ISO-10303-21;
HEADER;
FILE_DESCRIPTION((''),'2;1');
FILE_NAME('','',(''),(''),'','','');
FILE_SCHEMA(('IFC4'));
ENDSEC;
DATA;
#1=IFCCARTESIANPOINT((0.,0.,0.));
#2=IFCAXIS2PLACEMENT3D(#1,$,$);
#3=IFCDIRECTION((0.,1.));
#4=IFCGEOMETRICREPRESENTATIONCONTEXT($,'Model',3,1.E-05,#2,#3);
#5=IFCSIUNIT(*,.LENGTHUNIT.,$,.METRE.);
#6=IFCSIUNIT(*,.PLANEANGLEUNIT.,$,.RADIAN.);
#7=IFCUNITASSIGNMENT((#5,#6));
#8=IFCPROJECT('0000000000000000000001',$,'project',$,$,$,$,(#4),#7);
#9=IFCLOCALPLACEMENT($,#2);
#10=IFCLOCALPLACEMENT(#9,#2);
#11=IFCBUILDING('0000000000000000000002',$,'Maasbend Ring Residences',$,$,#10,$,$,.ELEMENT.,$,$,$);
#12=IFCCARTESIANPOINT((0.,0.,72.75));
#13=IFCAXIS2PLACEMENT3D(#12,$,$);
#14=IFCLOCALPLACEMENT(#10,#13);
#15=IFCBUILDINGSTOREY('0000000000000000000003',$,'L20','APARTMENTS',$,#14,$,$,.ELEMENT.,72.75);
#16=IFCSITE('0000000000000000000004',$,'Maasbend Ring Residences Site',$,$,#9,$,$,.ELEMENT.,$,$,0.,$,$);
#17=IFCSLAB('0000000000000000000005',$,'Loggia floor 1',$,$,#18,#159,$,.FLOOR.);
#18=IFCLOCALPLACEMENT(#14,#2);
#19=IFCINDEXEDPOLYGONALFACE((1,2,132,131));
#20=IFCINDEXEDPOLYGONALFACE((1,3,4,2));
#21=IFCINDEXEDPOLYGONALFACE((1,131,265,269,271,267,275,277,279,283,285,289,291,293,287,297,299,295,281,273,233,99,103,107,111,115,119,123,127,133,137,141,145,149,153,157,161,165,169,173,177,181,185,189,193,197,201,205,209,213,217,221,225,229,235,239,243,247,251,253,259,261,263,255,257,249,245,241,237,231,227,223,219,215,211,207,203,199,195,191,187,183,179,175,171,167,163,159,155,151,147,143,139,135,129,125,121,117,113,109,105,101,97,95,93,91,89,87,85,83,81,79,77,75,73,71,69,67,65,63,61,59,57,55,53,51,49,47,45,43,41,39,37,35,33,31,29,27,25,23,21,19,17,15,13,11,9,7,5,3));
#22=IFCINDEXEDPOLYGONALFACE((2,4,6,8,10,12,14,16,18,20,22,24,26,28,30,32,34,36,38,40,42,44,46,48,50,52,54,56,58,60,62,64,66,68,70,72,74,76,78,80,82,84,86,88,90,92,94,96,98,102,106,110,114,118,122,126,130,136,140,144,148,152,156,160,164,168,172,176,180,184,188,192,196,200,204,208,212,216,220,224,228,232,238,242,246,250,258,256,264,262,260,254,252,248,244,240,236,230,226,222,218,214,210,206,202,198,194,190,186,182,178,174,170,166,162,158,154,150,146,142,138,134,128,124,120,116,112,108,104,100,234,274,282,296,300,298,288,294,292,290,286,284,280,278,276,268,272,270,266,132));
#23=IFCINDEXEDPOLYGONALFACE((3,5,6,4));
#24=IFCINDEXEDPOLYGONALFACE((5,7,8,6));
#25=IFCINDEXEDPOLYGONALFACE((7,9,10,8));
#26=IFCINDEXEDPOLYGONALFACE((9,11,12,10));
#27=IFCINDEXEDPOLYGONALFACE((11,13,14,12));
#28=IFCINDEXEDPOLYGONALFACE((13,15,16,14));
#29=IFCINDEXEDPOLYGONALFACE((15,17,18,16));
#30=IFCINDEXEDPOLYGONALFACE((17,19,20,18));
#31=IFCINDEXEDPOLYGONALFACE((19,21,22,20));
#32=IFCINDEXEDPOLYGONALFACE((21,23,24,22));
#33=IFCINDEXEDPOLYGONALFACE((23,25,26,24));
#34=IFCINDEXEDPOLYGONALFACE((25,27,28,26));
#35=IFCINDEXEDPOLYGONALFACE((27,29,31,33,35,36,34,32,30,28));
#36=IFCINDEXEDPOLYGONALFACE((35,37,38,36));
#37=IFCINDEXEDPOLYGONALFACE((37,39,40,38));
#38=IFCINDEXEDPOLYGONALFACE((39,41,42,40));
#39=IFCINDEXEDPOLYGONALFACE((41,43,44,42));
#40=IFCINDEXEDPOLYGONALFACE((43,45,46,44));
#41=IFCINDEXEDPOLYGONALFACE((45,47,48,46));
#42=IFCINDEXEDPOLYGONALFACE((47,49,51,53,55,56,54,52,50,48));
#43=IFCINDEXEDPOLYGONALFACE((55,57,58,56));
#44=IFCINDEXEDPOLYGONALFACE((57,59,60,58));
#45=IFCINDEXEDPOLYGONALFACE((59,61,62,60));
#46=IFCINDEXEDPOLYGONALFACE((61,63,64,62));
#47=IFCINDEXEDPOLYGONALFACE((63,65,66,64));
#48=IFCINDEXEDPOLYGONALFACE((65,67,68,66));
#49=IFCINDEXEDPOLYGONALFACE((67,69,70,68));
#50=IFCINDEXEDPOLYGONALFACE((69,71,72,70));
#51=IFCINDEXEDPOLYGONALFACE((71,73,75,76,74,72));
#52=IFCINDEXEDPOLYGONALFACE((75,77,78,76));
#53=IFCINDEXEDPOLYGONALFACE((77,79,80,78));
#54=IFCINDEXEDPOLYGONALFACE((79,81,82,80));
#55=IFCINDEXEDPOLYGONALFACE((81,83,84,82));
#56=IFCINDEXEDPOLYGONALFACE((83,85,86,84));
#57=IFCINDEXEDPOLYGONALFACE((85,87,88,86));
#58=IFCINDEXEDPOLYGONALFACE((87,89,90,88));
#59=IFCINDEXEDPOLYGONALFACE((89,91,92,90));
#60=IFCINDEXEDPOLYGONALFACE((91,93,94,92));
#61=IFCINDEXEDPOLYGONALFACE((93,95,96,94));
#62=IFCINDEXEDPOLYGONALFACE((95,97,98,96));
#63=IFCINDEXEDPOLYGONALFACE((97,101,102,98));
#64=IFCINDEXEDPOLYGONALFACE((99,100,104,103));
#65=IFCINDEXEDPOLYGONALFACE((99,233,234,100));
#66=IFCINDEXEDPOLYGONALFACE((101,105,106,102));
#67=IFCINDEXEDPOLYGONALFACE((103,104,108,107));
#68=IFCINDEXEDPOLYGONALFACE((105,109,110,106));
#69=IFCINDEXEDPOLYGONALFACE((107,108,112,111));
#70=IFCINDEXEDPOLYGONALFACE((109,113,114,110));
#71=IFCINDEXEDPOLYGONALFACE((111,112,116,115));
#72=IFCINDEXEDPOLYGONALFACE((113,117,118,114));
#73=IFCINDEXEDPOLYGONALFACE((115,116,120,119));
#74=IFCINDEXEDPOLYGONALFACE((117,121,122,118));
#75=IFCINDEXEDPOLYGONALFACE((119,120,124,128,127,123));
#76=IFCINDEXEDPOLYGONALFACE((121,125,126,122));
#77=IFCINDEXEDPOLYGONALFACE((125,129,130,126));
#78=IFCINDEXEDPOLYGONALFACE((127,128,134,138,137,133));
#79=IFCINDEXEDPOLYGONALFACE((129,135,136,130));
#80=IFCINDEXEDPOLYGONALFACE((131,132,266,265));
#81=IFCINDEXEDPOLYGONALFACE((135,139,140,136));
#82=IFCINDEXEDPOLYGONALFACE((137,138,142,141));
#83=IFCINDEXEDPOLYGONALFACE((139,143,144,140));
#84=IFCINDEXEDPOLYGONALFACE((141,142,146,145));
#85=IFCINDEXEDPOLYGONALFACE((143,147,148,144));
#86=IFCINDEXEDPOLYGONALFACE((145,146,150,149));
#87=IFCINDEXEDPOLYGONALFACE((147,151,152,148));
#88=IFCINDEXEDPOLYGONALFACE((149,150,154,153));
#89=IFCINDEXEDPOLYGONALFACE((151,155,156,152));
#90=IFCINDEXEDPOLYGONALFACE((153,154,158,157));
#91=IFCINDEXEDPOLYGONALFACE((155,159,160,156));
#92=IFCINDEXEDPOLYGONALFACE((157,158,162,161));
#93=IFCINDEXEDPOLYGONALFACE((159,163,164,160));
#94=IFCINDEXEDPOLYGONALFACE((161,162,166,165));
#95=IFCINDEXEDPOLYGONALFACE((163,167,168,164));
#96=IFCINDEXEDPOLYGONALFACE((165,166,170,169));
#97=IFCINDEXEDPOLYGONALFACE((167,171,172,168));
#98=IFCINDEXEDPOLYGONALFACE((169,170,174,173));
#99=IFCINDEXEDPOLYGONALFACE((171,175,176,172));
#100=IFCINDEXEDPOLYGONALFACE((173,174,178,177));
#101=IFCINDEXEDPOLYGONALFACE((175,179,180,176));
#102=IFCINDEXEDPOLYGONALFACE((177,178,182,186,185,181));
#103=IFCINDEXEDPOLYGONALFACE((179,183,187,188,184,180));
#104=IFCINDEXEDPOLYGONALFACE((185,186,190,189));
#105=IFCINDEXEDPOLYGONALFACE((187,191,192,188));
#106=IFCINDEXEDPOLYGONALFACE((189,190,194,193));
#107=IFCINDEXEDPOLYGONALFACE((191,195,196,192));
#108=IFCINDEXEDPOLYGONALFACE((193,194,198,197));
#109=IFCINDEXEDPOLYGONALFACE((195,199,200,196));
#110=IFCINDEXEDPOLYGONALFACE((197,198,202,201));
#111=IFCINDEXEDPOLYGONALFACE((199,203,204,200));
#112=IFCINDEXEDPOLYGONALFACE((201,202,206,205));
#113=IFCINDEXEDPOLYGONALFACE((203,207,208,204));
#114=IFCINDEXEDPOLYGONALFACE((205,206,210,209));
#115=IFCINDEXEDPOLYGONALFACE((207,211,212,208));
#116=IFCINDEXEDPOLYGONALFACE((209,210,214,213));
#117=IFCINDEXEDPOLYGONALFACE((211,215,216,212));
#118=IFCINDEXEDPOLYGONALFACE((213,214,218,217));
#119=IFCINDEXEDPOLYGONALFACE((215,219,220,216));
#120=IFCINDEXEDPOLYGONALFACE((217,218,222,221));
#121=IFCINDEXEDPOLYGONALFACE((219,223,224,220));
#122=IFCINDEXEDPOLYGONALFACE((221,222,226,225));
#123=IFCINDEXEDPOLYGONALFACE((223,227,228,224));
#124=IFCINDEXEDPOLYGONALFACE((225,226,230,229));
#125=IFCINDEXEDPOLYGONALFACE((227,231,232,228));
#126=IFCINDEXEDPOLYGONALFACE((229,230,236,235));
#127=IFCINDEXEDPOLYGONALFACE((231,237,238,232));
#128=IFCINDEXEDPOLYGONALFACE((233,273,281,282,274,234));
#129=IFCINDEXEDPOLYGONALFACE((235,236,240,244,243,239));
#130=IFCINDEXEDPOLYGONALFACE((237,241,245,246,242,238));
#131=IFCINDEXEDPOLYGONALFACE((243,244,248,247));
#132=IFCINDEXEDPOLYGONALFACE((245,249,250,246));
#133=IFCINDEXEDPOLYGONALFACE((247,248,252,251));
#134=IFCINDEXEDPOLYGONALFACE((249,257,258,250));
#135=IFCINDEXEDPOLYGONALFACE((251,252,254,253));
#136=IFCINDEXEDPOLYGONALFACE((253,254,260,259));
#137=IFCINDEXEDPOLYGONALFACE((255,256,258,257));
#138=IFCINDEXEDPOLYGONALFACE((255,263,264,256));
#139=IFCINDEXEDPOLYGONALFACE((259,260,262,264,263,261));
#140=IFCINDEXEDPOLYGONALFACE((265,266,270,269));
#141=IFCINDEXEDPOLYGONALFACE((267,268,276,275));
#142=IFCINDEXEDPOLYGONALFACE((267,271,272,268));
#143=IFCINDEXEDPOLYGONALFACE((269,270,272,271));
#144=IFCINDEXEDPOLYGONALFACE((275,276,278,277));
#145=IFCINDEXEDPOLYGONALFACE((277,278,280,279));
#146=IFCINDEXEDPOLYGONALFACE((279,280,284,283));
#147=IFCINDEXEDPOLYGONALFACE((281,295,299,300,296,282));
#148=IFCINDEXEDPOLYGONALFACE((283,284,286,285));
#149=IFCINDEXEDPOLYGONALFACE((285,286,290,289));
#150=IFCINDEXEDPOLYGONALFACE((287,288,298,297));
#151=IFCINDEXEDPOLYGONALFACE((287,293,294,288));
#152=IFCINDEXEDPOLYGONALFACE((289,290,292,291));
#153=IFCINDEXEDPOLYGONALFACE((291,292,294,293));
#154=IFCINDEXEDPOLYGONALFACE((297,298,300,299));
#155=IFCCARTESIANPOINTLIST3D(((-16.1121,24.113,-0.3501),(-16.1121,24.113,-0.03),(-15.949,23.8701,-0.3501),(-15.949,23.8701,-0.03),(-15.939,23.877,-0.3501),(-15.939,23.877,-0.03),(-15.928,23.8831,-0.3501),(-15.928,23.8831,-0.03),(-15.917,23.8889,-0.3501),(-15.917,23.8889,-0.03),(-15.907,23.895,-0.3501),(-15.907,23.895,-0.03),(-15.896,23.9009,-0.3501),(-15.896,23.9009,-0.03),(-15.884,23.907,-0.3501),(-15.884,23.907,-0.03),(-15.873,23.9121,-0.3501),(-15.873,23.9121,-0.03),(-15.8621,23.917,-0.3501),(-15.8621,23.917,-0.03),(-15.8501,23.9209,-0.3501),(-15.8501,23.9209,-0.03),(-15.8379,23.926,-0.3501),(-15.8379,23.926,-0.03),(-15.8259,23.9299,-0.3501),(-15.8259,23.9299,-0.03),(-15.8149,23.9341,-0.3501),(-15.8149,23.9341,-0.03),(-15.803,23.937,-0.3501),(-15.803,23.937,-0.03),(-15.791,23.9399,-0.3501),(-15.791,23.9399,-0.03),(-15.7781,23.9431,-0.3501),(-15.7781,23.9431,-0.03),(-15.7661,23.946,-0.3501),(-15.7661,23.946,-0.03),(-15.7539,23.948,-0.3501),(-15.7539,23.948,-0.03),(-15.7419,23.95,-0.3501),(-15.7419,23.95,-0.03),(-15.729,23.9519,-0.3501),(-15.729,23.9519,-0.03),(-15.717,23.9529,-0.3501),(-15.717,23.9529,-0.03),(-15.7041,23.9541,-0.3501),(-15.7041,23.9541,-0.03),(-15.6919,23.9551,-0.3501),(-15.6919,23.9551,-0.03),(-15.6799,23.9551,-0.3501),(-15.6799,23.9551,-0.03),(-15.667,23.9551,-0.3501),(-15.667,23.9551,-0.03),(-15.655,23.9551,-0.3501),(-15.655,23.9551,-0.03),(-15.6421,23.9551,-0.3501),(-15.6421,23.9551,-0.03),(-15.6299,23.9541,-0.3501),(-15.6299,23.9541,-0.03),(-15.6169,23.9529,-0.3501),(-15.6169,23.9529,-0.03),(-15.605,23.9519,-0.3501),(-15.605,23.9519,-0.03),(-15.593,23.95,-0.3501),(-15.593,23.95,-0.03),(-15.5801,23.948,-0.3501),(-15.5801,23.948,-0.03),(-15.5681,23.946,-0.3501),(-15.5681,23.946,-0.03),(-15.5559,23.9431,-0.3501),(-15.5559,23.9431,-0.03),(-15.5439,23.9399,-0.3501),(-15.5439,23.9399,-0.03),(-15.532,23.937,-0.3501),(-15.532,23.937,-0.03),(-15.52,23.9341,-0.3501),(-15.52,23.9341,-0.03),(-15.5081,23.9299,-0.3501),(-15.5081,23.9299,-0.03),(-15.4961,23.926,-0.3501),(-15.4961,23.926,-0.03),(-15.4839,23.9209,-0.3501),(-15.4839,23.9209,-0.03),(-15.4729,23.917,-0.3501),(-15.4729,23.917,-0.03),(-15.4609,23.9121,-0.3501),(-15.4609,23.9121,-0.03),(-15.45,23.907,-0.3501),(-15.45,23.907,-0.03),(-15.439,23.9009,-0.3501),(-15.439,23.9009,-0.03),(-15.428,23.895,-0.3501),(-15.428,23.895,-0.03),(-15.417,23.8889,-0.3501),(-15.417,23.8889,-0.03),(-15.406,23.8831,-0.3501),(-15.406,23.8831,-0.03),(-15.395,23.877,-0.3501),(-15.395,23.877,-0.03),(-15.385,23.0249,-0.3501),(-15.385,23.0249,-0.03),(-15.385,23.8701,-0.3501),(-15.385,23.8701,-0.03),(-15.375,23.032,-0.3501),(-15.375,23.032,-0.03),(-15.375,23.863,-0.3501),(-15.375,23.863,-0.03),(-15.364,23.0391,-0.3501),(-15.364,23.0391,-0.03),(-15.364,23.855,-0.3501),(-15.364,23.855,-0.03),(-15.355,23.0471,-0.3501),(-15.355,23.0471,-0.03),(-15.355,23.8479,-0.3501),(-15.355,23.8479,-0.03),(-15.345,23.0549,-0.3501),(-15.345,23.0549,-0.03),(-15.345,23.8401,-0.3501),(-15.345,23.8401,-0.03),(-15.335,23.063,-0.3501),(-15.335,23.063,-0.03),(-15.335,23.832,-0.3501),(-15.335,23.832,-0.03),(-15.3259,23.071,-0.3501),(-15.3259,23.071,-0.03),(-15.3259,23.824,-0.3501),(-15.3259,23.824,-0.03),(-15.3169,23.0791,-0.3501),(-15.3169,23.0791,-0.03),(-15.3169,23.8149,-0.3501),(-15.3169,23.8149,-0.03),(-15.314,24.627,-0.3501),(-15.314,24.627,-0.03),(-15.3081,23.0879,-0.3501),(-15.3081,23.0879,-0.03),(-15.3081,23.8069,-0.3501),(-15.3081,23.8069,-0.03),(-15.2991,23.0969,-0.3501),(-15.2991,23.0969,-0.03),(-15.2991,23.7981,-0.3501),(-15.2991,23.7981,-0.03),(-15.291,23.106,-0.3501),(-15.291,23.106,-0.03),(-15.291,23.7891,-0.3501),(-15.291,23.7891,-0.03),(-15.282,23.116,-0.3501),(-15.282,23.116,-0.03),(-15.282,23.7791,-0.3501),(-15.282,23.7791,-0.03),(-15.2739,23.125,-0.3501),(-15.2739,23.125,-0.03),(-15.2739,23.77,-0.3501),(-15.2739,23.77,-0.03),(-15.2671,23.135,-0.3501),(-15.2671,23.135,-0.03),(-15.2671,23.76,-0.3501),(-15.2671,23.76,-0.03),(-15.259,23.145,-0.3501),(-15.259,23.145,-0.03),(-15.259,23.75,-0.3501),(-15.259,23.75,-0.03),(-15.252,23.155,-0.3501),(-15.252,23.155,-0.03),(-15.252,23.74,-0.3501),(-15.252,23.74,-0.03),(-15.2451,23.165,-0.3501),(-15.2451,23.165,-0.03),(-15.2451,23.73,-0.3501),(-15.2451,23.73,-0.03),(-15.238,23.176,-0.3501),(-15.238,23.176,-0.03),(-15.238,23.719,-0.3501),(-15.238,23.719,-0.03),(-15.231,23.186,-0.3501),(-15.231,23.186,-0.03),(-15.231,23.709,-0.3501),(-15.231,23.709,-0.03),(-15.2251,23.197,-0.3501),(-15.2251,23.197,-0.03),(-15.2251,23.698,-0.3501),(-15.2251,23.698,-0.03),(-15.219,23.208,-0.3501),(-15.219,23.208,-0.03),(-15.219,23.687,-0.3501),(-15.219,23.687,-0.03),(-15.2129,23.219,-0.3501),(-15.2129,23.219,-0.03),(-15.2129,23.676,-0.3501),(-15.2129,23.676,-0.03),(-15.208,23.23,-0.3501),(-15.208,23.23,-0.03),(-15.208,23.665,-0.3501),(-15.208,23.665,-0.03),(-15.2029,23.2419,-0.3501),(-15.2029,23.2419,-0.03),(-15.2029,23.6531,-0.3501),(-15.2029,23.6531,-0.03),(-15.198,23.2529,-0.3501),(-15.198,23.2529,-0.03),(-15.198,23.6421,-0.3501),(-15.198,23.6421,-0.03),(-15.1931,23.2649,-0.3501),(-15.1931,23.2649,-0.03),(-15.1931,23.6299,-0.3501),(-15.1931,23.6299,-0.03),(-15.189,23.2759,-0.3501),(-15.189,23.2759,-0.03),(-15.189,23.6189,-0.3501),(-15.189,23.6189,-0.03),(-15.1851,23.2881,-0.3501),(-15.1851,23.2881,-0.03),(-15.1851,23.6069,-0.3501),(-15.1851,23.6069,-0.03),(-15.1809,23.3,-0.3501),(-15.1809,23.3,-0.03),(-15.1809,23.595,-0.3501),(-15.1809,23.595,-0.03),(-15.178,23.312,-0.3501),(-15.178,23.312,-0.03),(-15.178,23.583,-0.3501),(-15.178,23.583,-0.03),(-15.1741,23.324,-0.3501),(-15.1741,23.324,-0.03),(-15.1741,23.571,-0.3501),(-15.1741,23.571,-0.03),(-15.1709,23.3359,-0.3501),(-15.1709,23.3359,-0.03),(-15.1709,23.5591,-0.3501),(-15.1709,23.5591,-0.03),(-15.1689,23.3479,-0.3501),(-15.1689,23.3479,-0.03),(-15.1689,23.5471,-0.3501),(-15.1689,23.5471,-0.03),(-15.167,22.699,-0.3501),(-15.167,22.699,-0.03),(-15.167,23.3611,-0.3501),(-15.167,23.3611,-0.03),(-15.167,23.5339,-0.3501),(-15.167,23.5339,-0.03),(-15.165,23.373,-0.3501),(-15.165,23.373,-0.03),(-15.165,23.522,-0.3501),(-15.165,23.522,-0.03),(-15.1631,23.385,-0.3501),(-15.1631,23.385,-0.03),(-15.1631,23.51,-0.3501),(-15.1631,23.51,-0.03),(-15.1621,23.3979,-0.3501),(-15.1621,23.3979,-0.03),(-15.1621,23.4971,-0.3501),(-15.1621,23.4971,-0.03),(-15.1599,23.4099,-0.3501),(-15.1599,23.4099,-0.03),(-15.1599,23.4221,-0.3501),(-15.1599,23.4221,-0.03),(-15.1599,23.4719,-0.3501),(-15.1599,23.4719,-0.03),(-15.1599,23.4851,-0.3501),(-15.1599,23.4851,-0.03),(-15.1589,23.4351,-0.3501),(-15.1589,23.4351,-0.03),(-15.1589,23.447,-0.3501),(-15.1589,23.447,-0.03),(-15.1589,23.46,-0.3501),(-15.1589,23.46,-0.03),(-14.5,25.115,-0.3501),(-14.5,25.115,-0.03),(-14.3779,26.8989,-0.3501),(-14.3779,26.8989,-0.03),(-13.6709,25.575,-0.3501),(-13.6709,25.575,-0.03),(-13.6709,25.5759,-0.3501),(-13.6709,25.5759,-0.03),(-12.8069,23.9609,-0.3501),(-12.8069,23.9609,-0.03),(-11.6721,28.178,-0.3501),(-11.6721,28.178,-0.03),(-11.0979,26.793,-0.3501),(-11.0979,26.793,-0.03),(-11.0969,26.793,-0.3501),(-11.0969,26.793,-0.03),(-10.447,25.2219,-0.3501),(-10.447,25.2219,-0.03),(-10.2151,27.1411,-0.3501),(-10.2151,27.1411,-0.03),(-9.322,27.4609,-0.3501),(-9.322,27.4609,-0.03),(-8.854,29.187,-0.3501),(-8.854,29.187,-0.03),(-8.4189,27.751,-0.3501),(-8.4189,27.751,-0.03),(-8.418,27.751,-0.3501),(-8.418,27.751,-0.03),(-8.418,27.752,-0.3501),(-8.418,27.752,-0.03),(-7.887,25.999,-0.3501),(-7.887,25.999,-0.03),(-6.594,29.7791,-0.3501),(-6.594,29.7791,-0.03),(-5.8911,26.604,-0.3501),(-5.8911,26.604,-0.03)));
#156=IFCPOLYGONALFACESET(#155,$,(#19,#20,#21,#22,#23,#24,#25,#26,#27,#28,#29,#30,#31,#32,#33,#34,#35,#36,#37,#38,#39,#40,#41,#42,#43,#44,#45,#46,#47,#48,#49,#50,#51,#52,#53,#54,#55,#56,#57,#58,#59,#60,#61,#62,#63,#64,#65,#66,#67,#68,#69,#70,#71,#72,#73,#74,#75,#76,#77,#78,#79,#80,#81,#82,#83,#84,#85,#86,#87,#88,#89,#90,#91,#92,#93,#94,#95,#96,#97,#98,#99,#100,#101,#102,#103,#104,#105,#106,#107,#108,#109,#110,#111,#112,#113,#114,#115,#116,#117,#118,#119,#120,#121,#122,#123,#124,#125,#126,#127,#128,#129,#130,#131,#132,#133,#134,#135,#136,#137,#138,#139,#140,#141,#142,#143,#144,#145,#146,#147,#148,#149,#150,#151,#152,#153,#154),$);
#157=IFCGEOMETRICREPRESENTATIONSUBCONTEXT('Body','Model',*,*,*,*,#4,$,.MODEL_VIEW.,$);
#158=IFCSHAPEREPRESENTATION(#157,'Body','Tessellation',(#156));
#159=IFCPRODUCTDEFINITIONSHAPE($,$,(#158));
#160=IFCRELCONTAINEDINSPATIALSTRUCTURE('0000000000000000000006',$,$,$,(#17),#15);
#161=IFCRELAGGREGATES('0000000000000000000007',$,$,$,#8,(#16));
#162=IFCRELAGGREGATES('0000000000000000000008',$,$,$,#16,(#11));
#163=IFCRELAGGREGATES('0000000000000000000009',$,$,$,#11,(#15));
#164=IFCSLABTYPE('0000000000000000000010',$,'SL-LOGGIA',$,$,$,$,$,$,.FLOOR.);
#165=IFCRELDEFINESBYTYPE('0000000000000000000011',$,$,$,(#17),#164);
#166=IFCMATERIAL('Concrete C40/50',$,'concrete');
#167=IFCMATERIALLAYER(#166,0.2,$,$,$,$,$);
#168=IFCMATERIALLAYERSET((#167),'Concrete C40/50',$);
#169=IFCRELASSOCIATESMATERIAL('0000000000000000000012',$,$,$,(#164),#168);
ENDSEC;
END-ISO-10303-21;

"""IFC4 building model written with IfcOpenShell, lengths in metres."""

from ifc_helpers import new_model, si_unit, direction, frame, origin, place, context, subcontext, project, spatial, polyline, outline, extrude, material, layer, layer_set, type_object, element, save


model = new_model("IFC4")

# Units and contexts
model_context = context("Model", 3, precision=1e-05, world=origin(), true_north=direction((0.0, 1.0)))
body_context = subcontext(model_context, "Body", "Model", "MODEL_VIEW")
ifc_project = project(units=[si_unit("LENGTHUNIT", "METRE"), si_unit("PLANEANGLEUNIT", "RADIAN")], contexts=[model_context])

# Site, building, storey
site_placement = place(None, origin())
site = spatial("IfcSite", under=ifc_project, at=site_placement, Name="Maasbend Ring Residences Site", CompositionType="ELEMENT", RefElevation=0.0)
building_placement = place(site_placement, origin())
building = spatial("IfcBuilding", under=site, at=building_placement, Name="Maasbend Ring Residences", CompositionType="ELEMENT")
storey_placement = place(building_placement, frame((0.0, 0.0, 72.75)))
storey = spatial("IfcBuildingStorey", under=building, at=storey_placement, Name="L20", Description="APARTMENTS", CompositionType="ELEMENT", Elevation=72.75)

# Slab
ifc_material_1 = material(Name="Concrete C40/50", Category="concrete")
ifc_layer_1 = layer(ifc_material_1, 0.2)
ifc_layer_set_1 = layer_set([ifc_layer_1], Name="Concrete C40/50")
slab_type_1 = type_object("IfcSlabType", Name="SL-LOGGIA", PredefinedType="FLOOR", material=ifc_layer_set_1)
slab_1_placement = place(storey_placement, frame((0.0, 0.0, -0.3501)))
element("IfcSlab", 1, at=slab_1_placement, inside=storey, type_object=slab_type_1, Name="Loggia floor 1", PredefinedType="FLOOR", context=body_context, shape_type="SweptSolid", body=[
    extrude(outline(polyline([(-14.5, 25.115), (-13.6709, 25.575), (-13.6709, 25.5759), (-13.6709, 25.5759), (-13.6709, 25.5759), (-13.6709, 25.5759), (-13.6709, 25.5759), (-13.6709, 25.5759), (-13.6709, 25.5759), (-13.6709, 25.5759), (-13.6709, 25.5759), (-13.6709, 25.5759), (-13.6709, 25.5759), (-13.6709, 25.5759), (-13.6709, 25.5759), (-13.6709, 25.5759), (-13.6709, 25.5759), (-13.6709, 25.5759), (-14.3779, 26.8989), (-14.3779, 26.8989), (-14.3779, 26.8989), (-11.6721, 28.178), (-11.6721, 28.178), (-11.6721, 28.178), (-11.0979, 26.793), (-11.0979, 26.793), (-11.0979, 26.793), (-11.0979, 26.793), (-11.0979, 26.793), (-11.0979, 26.793), (-11.0979, 26.793), (-11.0979, 26.793), (-11.0979, 26.793), (-11.0979, 26.793), (-11.0979, 26.793), (-11.0979, 26.793), (-11.0979, 26.793), (-11.0979, 26.793), (-11.0969, 26.793), (-11.0969, 26.793), (-11.0969, 26.793), (-10.2151, 27.1411), (-10.2151, 27.1411), (-9.322, 27.4609), (-9.322, 27.4609), (-8.4189, 27.751), (-8.4189, 27.751), (-8.4189, 27.751), (-8.4189, 27.751), (-8.4189, 27.751), (-8.4189, 27.751), (-8.418, 27.751), (-8.418, 27.751), (-8.418, 27.751), (-8.418, 27.751), (-8.418, 27.751), (-8.418, 27.752), (-8.418, 27.752), (-8.418, 27.752), (-8.418, 27.752), (-8.418, 27.752), (-8.418, 27.752), (-8.854, 29.187), (-8.854, 29.187), (-8.854, 29.187), (-6.594, 29.7791), (-6.594, 29.7791), (-6.594, 29.7791), (-5.8911, 26.604), (-5.8911, 26.604), (-5.8911, 26.604), (-7.887, 25.999), (-10.447, 25.2219), (-10.447, 25.2219), (-10.447, 25.2219), (-12.8069, 23.9609), (-15.167, 22.699), (-15.167, 22.699), (-15.167, 22.699), (-15.385, 23.0249), (-15.375, 23.032), (-15.364, 23.0391), (-15.355, 23.0471), (-15.345, 23.0549), (-15.335, 23.063), (-15.3259, 23.071), (-15.3169, 23.0791), (-15.3081, 23.0879), (-15.2991, 23.0969), (-15.291, 23.106), (-15.282, 23.116), (-15.2739, 23.125), (-15.2671, 23.135), (-15.259, 23.145), (-15.252, 23.155), (-15.2451, 23.165), (-15.238, 23.176), (-15.231, 23.186), (-15.2251, 23.197), (-15.219, 23.208), (-15.2129, 23.219), (-15.208, 23.23), (-15.2029, 23.2419), (-15.198, 23.2529), (-15.1931, 23.2649), (-15.189, 23.2759), (-15.1851, 23.2881), (-15.1809, 23.3), (-15.178, 23.312), (-15.1741, 23.324), (-15.1709, 23.3359), (-15.1689, 23.3479), (-15.167, 23.3611), (-15.165, 23.373), (-15.1631, 23.385), (-15.1621, 23.3979), (-15.1599, 23.4099), (-15.1599, 23.4221), (-15.1589, 23.4351), (-15.1589, 23.447), (-15.1589, 23.46), (-15.1599, 23.4719), (-15.1599, 23.4851), (-15.1621, 23.4971), (-15.1631, 23.51), (-15.165, 23.522), (-15.167, 23.5339), (-15.1689, 23.5471), (-15.1709, 23.5591), (-15.1741, 23.571), (-15.178, 23.583), (-15.1809, 23.595), (-15.1851, 23.6069), (-15.189, 23.6189), (-15.1931, 23.6299), (-15.198, 23.6421), (-15.2029, 23.6531), (-15.208, 23.665), (-15.2129, 23.676), (-15.219, 23.687), (-15.2251, 23.698), (-15.231, 23.709), (-15.238, 23.719), (-15.2451, 23.73), (-15.252, 23.74), (-15.259, 23.75), (-15.2671, 23.76), (-15.2739, 23.77), (-15.282, 23.7791), (-15.291, 23.7891), (-15.2991, 23.7981), (-15.3081, 23.8069), (-15.3169, 23.8149), (-15.3259, 23.824), (-15.335, 23.832), (-15.345, 23.8401), (-15.355, 23.8479), (-15.364, 23.855), (-15.375, 23.863), (-15.385, 23.8701), (-15.395, 23.877), (-15.406, 23.8831), (-15.417, 23.8889), (-15.428, 23.895), (-15.439, 23.9009), (-15.45, 23.907), (-15.4609, 23.9121), (-15.4729, 23.917), (-15.4839, 23.9209), (-15.4961, 23.926), (-15.5081, 23.9299), (-15.52, 23.9341), (-15.532, 23.937), (-15.5439, 23.9399), (-15.5559, 23.9431), (-15.5681, 23.946), (-15.5801, 23.948), (-15.593, 23.95), (-15.605, 23.9519), (-15.6169, 23.9529), (-15.6299, 23.9541), (-15.6421, 23.9551), (-15.655, 23.9551), (-15.667, 23.9551), (-15.6799, 23.9551), (-15.6919, 23.9551), (-15.7041, 23.9541), (-15.717, 23.9529), (-15.729, 23.9519), (-15.7419, 23.95), (-15.7539, 23.948), (-15.7661, 23.946), (-15.7781, 23.9431), (-15.791, 23.9399), (-15.803, 23.937), (-15.8149, 23.9341), (-15.8259, 23.9299), (-15.8379, 23.926), (-15.8501, 23.9209), (-15.8621, 23.917), (-15.873, 23.9121), (-15.884, 23.907), (-15.896, 23.9009), (-15.907, 23.895), (-15.917, 23.8889), (-15.928, 23.8831), (-15.939, 23.877), (-15.949, 23.8701), (-16.1121, 24.113), (-16.1121, 24.113), (-16.1121, 24.113), (-15.314, 24.627), (-15.314, 24.627), (-14.5, 25.115), (-14.5, 25.115)])), origin(), (0.0, 0.0, 1.0), 0.3201),
])

save(model, "model.ifc")
